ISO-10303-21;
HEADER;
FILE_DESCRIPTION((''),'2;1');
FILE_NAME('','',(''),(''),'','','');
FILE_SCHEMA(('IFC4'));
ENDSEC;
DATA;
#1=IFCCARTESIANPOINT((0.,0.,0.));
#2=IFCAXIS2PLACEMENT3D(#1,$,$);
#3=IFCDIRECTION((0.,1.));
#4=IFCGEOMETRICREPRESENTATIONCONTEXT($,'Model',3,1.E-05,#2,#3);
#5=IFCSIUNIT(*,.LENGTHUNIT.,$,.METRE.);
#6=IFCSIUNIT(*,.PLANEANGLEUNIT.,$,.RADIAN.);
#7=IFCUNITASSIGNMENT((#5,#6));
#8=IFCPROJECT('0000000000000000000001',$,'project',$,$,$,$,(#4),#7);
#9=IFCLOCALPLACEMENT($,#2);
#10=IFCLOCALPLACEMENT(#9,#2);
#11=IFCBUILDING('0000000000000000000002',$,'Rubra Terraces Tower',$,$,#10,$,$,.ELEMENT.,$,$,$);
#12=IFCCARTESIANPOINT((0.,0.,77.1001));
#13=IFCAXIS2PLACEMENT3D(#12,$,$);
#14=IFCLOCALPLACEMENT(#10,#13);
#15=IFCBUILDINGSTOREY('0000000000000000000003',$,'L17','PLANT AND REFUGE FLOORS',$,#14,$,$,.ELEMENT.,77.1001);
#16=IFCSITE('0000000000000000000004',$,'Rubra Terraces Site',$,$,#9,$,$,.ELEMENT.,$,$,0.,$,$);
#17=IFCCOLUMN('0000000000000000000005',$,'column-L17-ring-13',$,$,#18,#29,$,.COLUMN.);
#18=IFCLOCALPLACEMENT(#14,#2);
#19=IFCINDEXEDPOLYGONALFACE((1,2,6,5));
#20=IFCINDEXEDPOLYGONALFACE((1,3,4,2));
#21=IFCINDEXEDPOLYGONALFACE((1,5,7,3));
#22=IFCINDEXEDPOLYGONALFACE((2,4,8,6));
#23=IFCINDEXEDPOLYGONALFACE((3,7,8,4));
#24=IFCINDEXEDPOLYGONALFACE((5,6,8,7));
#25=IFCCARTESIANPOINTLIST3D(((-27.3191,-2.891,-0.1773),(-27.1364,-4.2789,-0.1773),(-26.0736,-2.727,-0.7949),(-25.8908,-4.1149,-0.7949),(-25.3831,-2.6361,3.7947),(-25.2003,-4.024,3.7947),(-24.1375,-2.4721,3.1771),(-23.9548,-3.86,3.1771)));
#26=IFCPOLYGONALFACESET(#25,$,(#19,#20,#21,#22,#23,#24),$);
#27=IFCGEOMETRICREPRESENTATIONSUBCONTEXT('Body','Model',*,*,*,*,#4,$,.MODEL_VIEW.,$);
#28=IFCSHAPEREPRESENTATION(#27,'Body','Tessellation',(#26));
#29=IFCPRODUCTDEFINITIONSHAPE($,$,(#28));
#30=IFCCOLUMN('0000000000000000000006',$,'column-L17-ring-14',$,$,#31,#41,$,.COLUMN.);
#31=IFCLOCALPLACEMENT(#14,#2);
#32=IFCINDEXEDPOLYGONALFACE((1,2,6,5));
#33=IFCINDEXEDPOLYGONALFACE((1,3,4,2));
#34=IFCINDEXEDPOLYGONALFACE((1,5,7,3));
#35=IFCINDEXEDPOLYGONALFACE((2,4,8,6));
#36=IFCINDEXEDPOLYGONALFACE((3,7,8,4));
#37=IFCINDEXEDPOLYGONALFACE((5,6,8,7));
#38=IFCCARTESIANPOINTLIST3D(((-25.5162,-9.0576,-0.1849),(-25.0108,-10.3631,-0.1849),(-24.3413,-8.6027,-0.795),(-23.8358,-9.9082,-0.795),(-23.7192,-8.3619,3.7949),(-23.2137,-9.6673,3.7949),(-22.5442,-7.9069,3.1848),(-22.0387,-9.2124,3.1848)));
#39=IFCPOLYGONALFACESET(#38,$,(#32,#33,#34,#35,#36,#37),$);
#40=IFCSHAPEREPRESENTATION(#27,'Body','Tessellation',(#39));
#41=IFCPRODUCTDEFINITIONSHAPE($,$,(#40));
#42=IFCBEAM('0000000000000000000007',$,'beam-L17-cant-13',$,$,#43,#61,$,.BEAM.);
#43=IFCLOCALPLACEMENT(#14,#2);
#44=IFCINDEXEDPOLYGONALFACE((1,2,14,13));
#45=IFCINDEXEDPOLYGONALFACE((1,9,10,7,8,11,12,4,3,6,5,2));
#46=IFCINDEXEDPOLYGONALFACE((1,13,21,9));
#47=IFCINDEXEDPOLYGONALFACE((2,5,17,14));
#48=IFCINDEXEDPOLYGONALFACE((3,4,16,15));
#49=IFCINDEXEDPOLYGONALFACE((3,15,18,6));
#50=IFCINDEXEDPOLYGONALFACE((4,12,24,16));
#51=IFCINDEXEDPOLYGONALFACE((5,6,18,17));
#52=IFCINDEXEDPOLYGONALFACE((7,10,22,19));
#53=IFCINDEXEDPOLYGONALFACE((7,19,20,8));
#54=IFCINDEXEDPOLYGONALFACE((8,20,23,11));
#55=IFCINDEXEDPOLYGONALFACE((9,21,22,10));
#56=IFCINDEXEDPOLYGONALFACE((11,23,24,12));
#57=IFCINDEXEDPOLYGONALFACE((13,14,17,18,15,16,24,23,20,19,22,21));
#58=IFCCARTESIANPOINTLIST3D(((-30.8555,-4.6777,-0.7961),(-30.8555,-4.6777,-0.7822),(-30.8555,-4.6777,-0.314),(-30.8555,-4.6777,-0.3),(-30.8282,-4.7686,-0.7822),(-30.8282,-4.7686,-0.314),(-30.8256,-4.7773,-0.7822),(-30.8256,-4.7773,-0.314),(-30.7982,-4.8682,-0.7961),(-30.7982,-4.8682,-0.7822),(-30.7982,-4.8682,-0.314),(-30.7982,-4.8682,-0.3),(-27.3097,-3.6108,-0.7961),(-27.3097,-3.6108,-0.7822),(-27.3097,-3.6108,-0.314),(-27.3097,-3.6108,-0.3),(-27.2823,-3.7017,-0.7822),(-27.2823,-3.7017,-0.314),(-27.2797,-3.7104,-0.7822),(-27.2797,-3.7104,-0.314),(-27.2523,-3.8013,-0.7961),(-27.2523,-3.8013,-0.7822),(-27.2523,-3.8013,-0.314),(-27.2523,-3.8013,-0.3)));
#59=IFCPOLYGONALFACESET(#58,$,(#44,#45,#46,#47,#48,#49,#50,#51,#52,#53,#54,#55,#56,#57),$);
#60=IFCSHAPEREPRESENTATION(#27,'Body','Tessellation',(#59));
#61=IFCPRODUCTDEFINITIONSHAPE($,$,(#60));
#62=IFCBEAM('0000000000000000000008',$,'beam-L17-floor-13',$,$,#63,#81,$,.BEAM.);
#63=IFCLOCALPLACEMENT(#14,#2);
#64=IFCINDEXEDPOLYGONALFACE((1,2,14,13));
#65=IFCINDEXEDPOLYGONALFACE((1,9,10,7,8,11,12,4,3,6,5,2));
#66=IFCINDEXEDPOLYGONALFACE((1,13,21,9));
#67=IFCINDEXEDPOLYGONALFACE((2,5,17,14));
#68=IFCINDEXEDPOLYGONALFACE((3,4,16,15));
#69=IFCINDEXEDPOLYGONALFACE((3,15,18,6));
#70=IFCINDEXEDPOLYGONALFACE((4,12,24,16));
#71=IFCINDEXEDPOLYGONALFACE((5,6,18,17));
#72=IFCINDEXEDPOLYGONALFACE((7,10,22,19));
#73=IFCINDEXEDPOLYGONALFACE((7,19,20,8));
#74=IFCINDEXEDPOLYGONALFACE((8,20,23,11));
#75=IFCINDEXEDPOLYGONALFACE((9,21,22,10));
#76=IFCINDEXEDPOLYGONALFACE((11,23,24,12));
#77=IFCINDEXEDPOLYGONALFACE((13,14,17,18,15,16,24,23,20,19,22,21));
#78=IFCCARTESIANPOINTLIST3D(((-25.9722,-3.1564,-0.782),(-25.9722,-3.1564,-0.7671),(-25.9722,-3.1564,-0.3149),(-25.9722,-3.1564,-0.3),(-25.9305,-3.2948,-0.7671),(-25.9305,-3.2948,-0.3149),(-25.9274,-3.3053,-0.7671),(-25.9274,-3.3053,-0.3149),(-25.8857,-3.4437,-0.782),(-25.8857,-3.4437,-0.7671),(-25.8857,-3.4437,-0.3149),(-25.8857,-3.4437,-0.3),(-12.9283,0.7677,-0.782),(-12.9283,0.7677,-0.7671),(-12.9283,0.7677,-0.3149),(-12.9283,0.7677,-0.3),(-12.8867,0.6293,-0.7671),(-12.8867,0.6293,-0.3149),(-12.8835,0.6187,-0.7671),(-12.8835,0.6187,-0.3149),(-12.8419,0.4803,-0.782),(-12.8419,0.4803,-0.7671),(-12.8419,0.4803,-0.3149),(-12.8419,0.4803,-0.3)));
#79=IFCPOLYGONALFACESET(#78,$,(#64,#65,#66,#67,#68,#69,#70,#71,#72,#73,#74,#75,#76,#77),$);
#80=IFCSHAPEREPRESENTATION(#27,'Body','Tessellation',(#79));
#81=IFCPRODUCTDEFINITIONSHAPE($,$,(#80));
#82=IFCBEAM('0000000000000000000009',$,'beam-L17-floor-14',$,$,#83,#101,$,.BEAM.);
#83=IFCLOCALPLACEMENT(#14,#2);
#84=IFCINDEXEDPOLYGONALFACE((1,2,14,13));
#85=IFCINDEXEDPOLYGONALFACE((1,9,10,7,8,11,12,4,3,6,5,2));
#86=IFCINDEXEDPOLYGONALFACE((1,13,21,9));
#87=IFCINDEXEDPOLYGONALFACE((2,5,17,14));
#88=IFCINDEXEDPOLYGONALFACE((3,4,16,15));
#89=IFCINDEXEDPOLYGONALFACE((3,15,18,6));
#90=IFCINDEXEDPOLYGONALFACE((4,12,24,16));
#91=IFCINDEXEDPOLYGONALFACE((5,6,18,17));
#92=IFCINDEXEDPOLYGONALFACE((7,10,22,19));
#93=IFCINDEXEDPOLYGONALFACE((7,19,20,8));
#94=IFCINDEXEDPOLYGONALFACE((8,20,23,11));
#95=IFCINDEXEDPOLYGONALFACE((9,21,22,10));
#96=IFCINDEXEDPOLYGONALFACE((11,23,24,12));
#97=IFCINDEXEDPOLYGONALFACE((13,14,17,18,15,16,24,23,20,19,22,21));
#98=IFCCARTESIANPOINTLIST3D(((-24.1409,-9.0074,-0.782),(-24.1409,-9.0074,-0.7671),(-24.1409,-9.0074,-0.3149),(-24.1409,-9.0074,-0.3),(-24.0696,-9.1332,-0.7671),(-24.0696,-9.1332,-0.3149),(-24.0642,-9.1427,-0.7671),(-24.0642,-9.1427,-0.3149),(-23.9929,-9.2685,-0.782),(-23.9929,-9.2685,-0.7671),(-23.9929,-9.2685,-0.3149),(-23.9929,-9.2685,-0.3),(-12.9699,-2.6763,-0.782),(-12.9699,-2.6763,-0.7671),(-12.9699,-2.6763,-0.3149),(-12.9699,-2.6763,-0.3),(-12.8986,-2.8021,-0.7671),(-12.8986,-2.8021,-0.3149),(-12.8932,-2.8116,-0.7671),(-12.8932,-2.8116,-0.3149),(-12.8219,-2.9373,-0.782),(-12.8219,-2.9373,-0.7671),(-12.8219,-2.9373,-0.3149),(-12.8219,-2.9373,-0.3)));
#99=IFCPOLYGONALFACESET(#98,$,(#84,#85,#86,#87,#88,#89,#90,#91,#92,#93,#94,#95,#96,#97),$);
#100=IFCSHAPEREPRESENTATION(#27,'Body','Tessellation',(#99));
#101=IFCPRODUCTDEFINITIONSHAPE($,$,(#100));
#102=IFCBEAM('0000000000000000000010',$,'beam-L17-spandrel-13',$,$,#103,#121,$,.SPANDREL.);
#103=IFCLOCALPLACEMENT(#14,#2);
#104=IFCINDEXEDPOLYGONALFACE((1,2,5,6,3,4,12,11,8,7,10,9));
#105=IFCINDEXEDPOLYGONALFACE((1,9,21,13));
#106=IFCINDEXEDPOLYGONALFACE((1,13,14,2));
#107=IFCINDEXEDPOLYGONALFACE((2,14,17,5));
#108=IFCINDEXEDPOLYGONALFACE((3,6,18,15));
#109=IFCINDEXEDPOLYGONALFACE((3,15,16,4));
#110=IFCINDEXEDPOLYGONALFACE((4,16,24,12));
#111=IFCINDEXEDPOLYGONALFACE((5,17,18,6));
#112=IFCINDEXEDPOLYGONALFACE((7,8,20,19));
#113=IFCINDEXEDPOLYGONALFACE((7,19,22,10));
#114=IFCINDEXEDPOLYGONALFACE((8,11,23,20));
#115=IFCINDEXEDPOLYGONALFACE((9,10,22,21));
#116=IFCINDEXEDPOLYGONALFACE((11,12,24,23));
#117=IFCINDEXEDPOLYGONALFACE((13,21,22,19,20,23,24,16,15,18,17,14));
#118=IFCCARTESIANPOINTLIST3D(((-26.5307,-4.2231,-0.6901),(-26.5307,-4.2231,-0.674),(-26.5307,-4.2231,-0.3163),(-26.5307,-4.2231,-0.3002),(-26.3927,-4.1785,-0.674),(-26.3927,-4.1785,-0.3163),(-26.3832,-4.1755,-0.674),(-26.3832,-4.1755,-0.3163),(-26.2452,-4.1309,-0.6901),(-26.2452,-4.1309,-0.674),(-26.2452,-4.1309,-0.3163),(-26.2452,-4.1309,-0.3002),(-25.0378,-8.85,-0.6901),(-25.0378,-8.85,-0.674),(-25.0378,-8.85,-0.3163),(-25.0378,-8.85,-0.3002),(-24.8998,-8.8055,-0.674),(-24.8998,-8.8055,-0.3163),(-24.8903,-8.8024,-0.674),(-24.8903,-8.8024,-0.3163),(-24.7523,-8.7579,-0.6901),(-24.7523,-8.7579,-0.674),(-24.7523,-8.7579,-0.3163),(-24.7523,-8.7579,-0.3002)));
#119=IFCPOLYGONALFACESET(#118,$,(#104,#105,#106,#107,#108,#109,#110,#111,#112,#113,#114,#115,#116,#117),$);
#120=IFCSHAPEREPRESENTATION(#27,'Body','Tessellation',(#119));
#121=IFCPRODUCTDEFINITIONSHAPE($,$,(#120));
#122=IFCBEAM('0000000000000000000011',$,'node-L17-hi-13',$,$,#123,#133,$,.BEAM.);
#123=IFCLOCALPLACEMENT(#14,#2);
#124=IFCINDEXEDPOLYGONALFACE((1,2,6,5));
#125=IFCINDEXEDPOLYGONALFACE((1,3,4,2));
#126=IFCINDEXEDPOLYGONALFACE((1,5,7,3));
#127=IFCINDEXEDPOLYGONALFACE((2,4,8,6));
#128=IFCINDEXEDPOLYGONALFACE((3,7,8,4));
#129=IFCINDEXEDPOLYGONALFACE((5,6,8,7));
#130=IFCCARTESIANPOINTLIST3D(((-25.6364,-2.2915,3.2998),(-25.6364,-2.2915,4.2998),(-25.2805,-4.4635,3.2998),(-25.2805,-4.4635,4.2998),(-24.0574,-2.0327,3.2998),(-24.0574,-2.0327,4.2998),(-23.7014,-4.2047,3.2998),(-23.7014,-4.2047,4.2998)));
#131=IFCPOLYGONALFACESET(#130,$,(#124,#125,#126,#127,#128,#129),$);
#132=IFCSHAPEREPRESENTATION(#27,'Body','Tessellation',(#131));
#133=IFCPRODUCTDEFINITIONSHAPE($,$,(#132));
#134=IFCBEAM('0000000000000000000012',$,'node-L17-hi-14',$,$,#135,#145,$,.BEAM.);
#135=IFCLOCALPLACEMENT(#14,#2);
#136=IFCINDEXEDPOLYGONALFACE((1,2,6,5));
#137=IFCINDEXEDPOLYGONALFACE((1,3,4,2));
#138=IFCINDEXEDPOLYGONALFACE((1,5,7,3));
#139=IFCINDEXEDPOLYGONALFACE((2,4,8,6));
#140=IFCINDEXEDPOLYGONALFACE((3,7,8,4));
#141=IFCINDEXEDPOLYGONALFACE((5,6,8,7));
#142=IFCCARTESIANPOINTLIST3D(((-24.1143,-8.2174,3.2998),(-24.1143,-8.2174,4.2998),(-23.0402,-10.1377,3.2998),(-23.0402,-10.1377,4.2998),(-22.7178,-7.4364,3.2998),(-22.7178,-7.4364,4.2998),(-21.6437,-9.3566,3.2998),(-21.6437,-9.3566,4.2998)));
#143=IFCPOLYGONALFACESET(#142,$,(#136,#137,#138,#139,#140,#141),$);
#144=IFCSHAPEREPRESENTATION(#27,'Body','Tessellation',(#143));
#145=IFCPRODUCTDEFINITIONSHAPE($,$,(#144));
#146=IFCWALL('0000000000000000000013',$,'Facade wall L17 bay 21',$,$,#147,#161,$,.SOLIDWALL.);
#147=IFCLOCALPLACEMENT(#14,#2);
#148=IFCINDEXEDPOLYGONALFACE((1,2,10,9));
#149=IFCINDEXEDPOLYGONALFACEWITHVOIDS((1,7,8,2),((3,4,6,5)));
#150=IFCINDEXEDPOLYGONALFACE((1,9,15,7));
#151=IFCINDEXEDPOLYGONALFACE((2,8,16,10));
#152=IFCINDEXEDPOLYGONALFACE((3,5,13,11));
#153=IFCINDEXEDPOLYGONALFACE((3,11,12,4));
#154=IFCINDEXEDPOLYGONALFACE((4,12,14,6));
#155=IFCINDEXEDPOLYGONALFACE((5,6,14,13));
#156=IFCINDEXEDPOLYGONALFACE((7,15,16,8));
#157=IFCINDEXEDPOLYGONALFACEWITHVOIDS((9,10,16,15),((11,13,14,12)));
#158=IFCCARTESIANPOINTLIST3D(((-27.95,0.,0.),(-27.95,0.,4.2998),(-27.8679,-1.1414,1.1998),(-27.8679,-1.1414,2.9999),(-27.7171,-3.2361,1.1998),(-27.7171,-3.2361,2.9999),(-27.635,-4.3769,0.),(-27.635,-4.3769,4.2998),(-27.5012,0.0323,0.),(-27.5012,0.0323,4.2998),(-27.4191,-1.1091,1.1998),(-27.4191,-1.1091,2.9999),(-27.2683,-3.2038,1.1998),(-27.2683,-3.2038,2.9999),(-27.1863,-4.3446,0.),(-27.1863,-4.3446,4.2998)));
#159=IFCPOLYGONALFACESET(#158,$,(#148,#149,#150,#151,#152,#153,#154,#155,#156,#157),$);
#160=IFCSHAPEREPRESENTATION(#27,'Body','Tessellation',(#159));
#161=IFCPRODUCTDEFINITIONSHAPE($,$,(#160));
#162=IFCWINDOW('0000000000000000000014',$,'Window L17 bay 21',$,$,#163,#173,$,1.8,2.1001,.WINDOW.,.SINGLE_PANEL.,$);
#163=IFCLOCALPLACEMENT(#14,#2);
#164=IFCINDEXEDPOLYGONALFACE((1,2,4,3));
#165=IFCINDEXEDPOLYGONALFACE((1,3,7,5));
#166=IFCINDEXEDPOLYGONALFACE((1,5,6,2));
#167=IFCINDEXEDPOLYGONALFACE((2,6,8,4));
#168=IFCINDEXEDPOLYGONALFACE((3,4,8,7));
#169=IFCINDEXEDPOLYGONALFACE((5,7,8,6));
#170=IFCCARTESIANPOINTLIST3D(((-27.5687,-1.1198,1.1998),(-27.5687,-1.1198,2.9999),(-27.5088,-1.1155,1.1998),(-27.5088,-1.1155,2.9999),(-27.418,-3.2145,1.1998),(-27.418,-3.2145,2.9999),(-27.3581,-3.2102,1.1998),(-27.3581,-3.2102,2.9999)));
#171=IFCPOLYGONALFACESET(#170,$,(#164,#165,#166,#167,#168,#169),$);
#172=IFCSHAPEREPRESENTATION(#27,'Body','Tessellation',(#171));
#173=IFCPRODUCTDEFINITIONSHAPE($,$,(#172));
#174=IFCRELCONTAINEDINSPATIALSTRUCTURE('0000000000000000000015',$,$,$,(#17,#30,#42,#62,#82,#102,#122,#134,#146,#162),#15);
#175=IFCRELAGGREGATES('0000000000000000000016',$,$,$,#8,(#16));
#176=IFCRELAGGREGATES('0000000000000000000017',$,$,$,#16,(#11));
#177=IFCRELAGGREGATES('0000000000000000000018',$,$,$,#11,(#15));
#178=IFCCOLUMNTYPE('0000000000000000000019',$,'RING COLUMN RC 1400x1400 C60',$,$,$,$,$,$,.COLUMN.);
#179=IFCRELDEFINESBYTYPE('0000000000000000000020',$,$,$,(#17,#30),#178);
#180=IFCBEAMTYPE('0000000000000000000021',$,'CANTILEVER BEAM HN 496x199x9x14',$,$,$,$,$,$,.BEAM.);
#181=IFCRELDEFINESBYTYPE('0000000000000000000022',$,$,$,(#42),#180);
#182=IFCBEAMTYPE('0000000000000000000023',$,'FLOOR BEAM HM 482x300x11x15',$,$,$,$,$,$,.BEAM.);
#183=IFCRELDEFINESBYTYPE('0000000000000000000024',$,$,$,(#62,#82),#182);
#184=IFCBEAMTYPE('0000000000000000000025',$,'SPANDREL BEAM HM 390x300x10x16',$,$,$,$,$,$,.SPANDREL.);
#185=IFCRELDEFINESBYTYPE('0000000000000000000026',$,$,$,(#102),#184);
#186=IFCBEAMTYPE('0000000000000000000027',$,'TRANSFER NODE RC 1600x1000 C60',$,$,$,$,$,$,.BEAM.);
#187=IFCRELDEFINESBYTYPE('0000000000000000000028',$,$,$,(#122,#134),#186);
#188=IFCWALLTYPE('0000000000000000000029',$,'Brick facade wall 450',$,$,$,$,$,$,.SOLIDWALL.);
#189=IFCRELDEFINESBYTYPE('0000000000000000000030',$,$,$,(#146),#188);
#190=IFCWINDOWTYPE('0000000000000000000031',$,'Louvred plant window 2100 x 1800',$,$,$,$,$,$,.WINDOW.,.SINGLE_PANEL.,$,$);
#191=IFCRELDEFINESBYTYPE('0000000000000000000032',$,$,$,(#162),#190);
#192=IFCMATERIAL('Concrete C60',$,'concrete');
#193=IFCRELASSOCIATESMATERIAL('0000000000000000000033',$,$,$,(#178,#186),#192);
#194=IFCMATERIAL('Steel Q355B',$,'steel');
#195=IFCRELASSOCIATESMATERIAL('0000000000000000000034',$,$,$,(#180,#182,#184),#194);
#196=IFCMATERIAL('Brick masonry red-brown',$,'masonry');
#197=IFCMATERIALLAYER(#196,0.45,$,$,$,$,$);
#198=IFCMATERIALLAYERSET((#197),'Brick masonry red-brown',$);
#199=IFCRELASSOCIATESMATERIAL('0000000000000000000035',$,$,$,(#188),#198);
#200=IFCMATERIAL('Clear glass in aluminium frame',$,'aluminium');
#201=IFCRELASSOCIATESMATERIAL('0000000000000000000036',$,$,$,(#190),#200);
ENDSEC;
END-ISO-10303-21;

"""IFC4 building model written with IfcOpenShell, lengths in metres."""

from ifc_helpers import new_model, si_unit, direction, frame, frame_2d, origin, origin_2d, place, context, subcontext, project, spatial, rectangle, i_section, extrude, material, layer, layer_set, material_profile, profile_set, type_object, element, fill, save


model = new_model("IFC4")

# Units and contexts
model_context = context("Model", 3, precision=1e-05, world=origin(), true_north=direction((0.0, 1.0)))
body_context = subcontext(model_context, "Body", "Model", "MODEL_VIEW")
ifc_project = project(units=[si_unit("LENGTHUNIT", "METRE"), si_unit("PLANEANGLEUNIT", "RADIAN")], contexts=[model_context])

# Site, building, storey
site_placement = place(None, origin())
site = spatial("IfcSite", under=ifc_project, at=site_placement, Name="Rubra Terraces Site", CompositionType="ELEMENT", RefElevation=0.0)
building_placement = place(site_placement, origin())
building = spatial("IfcBuilding", under=site, at=building_placement, Name="Rubra Terraces Tower", CompositionType="ELEMENT")
storey_placement = place(building_placement, frame((0.0, 0.0, 77.1001)))
storey = spatial("IfcBuildingStorey", under=building, at=storey_placement, Name="L17", Description="PLANT AND REFUGE FLOORS", CompositionType="ELEMENT", Elevation=77.1001)

# Columns
ifc_material_1 = material(Name="Concrete C60", Category="concrete")
ifc_material_profile_1 = material_profile(ifc_material_1, rectangle(XDim=1.3999, YDim=1.3999, at=origin_2d()), Name="RC 1400x1400")
ifc_profile_set_1 = profile_set([ifc_material_profile_1], Name="Concrete C60")
column_type = type_object("IfcColumnType", Name="RING COLUMN RC 1400x1400 C60", PredefinedType="COLUMN", material=ifc_profile_set_1)
column_1_placement = place(storey_placement, frame((-26.605, -3.5029, -0.4861), z_axis=(0.437424, 0.057588, 0.897409), x_axis=(-0.130526, 0.991445, 0.0)))
element("IfcColumn", 1, at=column_1_placement, inside=storey, type_object=column_type, Name="column-L17-ring-13", PredefinedType="COLUMN", context=body_context, shape_type="SweptSolid", body=[
    extrude(rectangle(XDim=1.3999, YDim=1.3999, at=origin_2d()), origin(), (0.0, 0.0, 1.0), 4.426),
])
column_2_placement = place(storey_placement, frame((-24.676, -9.4829, -0.49), z_axis=(0.406405, 0.15735, 0.900042), x_axis=(-0.361058, 0.932543, 0.0)))
element("IfcColumn", 2, at=column_2_placement, inside=storey, type_object=column_type, Name="column-L17-ring-14", PredefinedType="COLUMN", context=body_context, shape_type="SweptSolid", body=[
    extrude(rectangle(XDim=1.3999, YDim=1.3999, at=origin_2d()), origin(), (0.0, 0.0, 1.0), 4.4219),
])

# Beams
ifc_material_2 = material(Name="Steel Q355B", Category="steel")
ifc_material_profile_2 = material_profile(ifc_material_2, i_section(OverallWidth=0.199, OverallDepth=0.4961, WebThickness=0.009, FlangeThickness=0.0139, at=origin_2d()), Name="HN 496x199x9x14")
ifc_profile_set_2 = profile_set([ifc_material_profile_2], Name="Steel Q355B")
beam_type_1 = type_object("IfcBeamType", Name="CANTILEVER BEAM HN 496x199x9x14", PredefinedType="BEAM", material=ifc_profile_set_2)
beam_1_placement = place(storey_placement, frame((-27.281, -3.7061, -0.5481), z_axis=(-0.957594, -0.288122, 0.0), x_axis=(0.288122, -0.957594, 0.0)))
element("IfcBeam", 3, at=beam_1_placement, inside=storey, type_object=beam_type_1, Name="beam-L17-cant-13", PredefinedType="BEAM", context=body_context, shape_type="SweptSolid", body=[
    extrude(i_section(OverallWidth=0.199, OverallDepth=0.4961, WebThickness=0.009, FlangeThickness=0.0139, at=origin_2d()), origin(), (0.0, 0.0, 1.0), 3.7029),
])
ifc_material_profile_3 = material_profile(ifc_material_2, i_section(OverallWidth=0.3, OverallDepth=0.4819, WebThickness=0.011, FlangeThickness=0.0149, at=origin_2d()), Name="HM 482x300x11x15")
ifc_profile_set_3 = profile_set([ifc_material_profile_3], Name="Steel Q355B")
beam_type_2 = type_object("IfcBeamType", Name="FLOOR BEAM HM 482x300x11x15", PredefinedType="BEAM", material=ifc_profile_set_3)
beam_2_placement = place(storey_placement, frame((-25.929, -3.3, -0.541), z_axis=(0.957606, 0.288081, 0.0), x_axis=(-0.288081, 0.957606, 0.0)))
element("IfcBeam", 4, at=beam_2_placement, inside=storey, type_object=beam_type_2, Name="beam-L17-floor-13", PredefinedType="BEAM", context=body_context, shape_type="SweptSolid", body=[
    extrude(i_section(OverallWidth=0.3, OverallDepth=0.4819, WebThickness=0.011, FlangeThickness=0.0149, at=origin_2d()), origin(), (0.0, 0.0, 1.0), 13.6213),
])
beam_3_placement = place(storey_placement, frame((-24.0669, -9.1379, -0.541), z_axis=(0.869993, 0.493064, 0.0), x_axis=(-0.493064, 0.869993, 0.0)))
element("IfcBeam", 5, at=beam_3_placement, inside=storey, type_object=beam_type_2, Name="beam-L17-floor-14", PredefinedType="BEAM", context=body_context, shape_type="SweptSolid", body=[
    extrude(i_section(OverallWidth=0.3, OverallDepth=0.4819, WebThickness=0.011, FlangeThickness=0.0149, at=origin_2d()), origin(), (0.0, 0.0, 1.0), 12.8403),
])
ifc_material_profile_4 = material_profile(ifc_material_2, i_section(OverallWidth=0.3, OverallDepth=0.3899, WebThickness=0.01, FlangeThickness=0.0161, at=origin_2d()), Name="HM 390x300x10x16")
ifc_profile_set_4 = profile_set([ifc_material_profile_4], Name="Steel Q355B")
beam_type_3 = type_object("IfcBeamType", Name="SPANDREL BEAM HM 390x300x10x16", PredefinedType="SPANDREL", material=ifc_profile_set_4)
beam_4_placement = place(storey_placement, frame((-26.3879, -4.177, -0.4951), z_axis=(0.307069, -0.951687, 0.0), x_axis=(0.951687, 0.307069, 0.0)))
element("IfcBeam", 6, at=beam_4_placement, inside=storey, type_object=beam_type_3, Name="beam-L17-spandrel-13", PredefinedType="SPANDREL", context=body_context, shape_type="SweptSolid", body=[
    extrude(i_section(OverallWidth=0.3, OverallDepth=0.3899, WebThickness=0.01, FlangeThickness=0.0161, at=origin_2d()), origin(), (0.0, 0.0, 1.0), 4.8618),
])
ifc_material_profile_5 = material_profile(ifc_material_1, rectangle(XDim=1.6001, YDim=1.0, at=origin_2d()), Name="RC 1600x1000")
ifc_profile_set_5 = profile_set([ifc_material_profile_5], Name="Concrete C60")
beam_type_4 = type_object("IfcBeamType", Name="TRANSFER NODE RC 1600x1000 C60", PredefinedType="BEAM", material=ifc_profile_set_5)
beam_5_placement = place(storey_placement, frame((-24.8469, -2.1621, 3.7998), z_axis=(0.161736, -0.986834, 0.0), x_axis=(0.986834, 0.161736, 0.0)))
element("IfcBeam", 7, at=beam_5_placement, inside=storey, type_object=beam_type_4, Name="node-L17-hi-13", PredefinedType="BEAM", context=body_context, shape_type="SweptSolid", body=[
    extrude(rectangle(XDim=1.6001, YDim=1.0, at=origin_2d()), origin(), (0.0, 0.0, 1.0), 2.2009),
])
beam_6_placement = place(storey_placement, frame((-23.416, -7.8269, 3.7998), z_axis=(0.488147, -0.872761, 0.0), x_axis=(0.872761, 0.488147, 0.0)))
element("IfcBeam", 8, at=beam_6_placement, inside=storey, type_object=beam_type_4, Name="node-L17-hi-14", PredefinedType="BEAM", context=body_context, shape_type="SweptSolid", body=[
    extrude(rectangle(XDim=1.6001, YDim=1.0, at=origin_2d()), origin(), (0.0, 0.0, 1.0), 2.2002),
])

# Wall, opening, window
ifc_material_3 = material(Name="Brick masonry red-brown", Category="masonry")
ifc_layer_1 = layer(ifc_material_3, 0.45)
ifc_layer_set_1 = layer_set([ifc_layer_1], Name="Brick masonry red-brown")
wall_type_1 = type_object("IfcWallType", Name="Brick facade wall 450", PredefinedType="SOLIDWALL", material=ifc_layer_set_1)
wall_1_placement = place(storey_placement, frame((-27.7256, 0.0161, 0.0), z_axis=(0.0, 0.0, 1.0), x_axis=(0.071769, -0.997421, 0.0)))
wall_1 = element("IfcWall", 9, at=wall_1_placement, inside=storey, type_object=wall_type_1, Name="Facade wall L17 bay 21", PredefinedType="SOLIDWALL", context=body_context, shape_type="SweptSolid", body=[
    extrude(rectangle(XDim=4.3882, YDim=0.45, at=frame_2d((2.1941, 0.0))), origin(), (0.0, 0.0, 1.0), 4.2998),
])
opening_1_placement = place(wall_1_placement, frame((1.1443, 0.0, 1.2)))
opening_1 = element("IfcOpeningElement", 10, at=opening_1_placement, cuts=wall_1, PredefinedType="OPENING", context=body_context, shape_type="SweptSolid", body=[
    extrude(rectangle(XDim=2.1001, YDim=1.8, at=frame_2d((1.05, 0.8999))), frame((0.0, 0.2349, 0.0), z_axis=(0.0, -1.0, 0.0), x_axis=(1.0, 0.0, 0.0)), (0.0, 0.0, 1.0), 0.47),
])
ifc_material_4 = material(Name="Clear glass in aluminium frame", Category="aluminium")
window_type = type_object("IfcWindowType", Name="Louvred plant window 2100 x 1800", PartitioningType="SINGLE_PANEL", PredefinedType="WINDOW", material=ifc_material_4)
window_1_placement = place(opening_1_placement, origin())
window_1 = element("IfcWindow", 11, at=window_1_placement, inside=storey, type_object=window_type, Name="Window L17 bay 21", OverallHeight=1.8, OverallWidth=2.1001, PartitioningType="SINGLE_PANEL", PredefinedType="WINDOW", context=body_context, shape_type="SweptSolid", body=[
    extrude(rectangle(XDim=2.1001, YDim=1.8, at=frame_2d((1.05, 0.8999))), frame((0.0, 0.135, 0.0), z_axis=(0.0, -1.0, 0.0), x_axis=(1.0, 0.0, 0.0)), (0.0, 0.0, 1.0), 0.0601),
])
fill(opening_1, window_1)

save(model, "model.ifc")
